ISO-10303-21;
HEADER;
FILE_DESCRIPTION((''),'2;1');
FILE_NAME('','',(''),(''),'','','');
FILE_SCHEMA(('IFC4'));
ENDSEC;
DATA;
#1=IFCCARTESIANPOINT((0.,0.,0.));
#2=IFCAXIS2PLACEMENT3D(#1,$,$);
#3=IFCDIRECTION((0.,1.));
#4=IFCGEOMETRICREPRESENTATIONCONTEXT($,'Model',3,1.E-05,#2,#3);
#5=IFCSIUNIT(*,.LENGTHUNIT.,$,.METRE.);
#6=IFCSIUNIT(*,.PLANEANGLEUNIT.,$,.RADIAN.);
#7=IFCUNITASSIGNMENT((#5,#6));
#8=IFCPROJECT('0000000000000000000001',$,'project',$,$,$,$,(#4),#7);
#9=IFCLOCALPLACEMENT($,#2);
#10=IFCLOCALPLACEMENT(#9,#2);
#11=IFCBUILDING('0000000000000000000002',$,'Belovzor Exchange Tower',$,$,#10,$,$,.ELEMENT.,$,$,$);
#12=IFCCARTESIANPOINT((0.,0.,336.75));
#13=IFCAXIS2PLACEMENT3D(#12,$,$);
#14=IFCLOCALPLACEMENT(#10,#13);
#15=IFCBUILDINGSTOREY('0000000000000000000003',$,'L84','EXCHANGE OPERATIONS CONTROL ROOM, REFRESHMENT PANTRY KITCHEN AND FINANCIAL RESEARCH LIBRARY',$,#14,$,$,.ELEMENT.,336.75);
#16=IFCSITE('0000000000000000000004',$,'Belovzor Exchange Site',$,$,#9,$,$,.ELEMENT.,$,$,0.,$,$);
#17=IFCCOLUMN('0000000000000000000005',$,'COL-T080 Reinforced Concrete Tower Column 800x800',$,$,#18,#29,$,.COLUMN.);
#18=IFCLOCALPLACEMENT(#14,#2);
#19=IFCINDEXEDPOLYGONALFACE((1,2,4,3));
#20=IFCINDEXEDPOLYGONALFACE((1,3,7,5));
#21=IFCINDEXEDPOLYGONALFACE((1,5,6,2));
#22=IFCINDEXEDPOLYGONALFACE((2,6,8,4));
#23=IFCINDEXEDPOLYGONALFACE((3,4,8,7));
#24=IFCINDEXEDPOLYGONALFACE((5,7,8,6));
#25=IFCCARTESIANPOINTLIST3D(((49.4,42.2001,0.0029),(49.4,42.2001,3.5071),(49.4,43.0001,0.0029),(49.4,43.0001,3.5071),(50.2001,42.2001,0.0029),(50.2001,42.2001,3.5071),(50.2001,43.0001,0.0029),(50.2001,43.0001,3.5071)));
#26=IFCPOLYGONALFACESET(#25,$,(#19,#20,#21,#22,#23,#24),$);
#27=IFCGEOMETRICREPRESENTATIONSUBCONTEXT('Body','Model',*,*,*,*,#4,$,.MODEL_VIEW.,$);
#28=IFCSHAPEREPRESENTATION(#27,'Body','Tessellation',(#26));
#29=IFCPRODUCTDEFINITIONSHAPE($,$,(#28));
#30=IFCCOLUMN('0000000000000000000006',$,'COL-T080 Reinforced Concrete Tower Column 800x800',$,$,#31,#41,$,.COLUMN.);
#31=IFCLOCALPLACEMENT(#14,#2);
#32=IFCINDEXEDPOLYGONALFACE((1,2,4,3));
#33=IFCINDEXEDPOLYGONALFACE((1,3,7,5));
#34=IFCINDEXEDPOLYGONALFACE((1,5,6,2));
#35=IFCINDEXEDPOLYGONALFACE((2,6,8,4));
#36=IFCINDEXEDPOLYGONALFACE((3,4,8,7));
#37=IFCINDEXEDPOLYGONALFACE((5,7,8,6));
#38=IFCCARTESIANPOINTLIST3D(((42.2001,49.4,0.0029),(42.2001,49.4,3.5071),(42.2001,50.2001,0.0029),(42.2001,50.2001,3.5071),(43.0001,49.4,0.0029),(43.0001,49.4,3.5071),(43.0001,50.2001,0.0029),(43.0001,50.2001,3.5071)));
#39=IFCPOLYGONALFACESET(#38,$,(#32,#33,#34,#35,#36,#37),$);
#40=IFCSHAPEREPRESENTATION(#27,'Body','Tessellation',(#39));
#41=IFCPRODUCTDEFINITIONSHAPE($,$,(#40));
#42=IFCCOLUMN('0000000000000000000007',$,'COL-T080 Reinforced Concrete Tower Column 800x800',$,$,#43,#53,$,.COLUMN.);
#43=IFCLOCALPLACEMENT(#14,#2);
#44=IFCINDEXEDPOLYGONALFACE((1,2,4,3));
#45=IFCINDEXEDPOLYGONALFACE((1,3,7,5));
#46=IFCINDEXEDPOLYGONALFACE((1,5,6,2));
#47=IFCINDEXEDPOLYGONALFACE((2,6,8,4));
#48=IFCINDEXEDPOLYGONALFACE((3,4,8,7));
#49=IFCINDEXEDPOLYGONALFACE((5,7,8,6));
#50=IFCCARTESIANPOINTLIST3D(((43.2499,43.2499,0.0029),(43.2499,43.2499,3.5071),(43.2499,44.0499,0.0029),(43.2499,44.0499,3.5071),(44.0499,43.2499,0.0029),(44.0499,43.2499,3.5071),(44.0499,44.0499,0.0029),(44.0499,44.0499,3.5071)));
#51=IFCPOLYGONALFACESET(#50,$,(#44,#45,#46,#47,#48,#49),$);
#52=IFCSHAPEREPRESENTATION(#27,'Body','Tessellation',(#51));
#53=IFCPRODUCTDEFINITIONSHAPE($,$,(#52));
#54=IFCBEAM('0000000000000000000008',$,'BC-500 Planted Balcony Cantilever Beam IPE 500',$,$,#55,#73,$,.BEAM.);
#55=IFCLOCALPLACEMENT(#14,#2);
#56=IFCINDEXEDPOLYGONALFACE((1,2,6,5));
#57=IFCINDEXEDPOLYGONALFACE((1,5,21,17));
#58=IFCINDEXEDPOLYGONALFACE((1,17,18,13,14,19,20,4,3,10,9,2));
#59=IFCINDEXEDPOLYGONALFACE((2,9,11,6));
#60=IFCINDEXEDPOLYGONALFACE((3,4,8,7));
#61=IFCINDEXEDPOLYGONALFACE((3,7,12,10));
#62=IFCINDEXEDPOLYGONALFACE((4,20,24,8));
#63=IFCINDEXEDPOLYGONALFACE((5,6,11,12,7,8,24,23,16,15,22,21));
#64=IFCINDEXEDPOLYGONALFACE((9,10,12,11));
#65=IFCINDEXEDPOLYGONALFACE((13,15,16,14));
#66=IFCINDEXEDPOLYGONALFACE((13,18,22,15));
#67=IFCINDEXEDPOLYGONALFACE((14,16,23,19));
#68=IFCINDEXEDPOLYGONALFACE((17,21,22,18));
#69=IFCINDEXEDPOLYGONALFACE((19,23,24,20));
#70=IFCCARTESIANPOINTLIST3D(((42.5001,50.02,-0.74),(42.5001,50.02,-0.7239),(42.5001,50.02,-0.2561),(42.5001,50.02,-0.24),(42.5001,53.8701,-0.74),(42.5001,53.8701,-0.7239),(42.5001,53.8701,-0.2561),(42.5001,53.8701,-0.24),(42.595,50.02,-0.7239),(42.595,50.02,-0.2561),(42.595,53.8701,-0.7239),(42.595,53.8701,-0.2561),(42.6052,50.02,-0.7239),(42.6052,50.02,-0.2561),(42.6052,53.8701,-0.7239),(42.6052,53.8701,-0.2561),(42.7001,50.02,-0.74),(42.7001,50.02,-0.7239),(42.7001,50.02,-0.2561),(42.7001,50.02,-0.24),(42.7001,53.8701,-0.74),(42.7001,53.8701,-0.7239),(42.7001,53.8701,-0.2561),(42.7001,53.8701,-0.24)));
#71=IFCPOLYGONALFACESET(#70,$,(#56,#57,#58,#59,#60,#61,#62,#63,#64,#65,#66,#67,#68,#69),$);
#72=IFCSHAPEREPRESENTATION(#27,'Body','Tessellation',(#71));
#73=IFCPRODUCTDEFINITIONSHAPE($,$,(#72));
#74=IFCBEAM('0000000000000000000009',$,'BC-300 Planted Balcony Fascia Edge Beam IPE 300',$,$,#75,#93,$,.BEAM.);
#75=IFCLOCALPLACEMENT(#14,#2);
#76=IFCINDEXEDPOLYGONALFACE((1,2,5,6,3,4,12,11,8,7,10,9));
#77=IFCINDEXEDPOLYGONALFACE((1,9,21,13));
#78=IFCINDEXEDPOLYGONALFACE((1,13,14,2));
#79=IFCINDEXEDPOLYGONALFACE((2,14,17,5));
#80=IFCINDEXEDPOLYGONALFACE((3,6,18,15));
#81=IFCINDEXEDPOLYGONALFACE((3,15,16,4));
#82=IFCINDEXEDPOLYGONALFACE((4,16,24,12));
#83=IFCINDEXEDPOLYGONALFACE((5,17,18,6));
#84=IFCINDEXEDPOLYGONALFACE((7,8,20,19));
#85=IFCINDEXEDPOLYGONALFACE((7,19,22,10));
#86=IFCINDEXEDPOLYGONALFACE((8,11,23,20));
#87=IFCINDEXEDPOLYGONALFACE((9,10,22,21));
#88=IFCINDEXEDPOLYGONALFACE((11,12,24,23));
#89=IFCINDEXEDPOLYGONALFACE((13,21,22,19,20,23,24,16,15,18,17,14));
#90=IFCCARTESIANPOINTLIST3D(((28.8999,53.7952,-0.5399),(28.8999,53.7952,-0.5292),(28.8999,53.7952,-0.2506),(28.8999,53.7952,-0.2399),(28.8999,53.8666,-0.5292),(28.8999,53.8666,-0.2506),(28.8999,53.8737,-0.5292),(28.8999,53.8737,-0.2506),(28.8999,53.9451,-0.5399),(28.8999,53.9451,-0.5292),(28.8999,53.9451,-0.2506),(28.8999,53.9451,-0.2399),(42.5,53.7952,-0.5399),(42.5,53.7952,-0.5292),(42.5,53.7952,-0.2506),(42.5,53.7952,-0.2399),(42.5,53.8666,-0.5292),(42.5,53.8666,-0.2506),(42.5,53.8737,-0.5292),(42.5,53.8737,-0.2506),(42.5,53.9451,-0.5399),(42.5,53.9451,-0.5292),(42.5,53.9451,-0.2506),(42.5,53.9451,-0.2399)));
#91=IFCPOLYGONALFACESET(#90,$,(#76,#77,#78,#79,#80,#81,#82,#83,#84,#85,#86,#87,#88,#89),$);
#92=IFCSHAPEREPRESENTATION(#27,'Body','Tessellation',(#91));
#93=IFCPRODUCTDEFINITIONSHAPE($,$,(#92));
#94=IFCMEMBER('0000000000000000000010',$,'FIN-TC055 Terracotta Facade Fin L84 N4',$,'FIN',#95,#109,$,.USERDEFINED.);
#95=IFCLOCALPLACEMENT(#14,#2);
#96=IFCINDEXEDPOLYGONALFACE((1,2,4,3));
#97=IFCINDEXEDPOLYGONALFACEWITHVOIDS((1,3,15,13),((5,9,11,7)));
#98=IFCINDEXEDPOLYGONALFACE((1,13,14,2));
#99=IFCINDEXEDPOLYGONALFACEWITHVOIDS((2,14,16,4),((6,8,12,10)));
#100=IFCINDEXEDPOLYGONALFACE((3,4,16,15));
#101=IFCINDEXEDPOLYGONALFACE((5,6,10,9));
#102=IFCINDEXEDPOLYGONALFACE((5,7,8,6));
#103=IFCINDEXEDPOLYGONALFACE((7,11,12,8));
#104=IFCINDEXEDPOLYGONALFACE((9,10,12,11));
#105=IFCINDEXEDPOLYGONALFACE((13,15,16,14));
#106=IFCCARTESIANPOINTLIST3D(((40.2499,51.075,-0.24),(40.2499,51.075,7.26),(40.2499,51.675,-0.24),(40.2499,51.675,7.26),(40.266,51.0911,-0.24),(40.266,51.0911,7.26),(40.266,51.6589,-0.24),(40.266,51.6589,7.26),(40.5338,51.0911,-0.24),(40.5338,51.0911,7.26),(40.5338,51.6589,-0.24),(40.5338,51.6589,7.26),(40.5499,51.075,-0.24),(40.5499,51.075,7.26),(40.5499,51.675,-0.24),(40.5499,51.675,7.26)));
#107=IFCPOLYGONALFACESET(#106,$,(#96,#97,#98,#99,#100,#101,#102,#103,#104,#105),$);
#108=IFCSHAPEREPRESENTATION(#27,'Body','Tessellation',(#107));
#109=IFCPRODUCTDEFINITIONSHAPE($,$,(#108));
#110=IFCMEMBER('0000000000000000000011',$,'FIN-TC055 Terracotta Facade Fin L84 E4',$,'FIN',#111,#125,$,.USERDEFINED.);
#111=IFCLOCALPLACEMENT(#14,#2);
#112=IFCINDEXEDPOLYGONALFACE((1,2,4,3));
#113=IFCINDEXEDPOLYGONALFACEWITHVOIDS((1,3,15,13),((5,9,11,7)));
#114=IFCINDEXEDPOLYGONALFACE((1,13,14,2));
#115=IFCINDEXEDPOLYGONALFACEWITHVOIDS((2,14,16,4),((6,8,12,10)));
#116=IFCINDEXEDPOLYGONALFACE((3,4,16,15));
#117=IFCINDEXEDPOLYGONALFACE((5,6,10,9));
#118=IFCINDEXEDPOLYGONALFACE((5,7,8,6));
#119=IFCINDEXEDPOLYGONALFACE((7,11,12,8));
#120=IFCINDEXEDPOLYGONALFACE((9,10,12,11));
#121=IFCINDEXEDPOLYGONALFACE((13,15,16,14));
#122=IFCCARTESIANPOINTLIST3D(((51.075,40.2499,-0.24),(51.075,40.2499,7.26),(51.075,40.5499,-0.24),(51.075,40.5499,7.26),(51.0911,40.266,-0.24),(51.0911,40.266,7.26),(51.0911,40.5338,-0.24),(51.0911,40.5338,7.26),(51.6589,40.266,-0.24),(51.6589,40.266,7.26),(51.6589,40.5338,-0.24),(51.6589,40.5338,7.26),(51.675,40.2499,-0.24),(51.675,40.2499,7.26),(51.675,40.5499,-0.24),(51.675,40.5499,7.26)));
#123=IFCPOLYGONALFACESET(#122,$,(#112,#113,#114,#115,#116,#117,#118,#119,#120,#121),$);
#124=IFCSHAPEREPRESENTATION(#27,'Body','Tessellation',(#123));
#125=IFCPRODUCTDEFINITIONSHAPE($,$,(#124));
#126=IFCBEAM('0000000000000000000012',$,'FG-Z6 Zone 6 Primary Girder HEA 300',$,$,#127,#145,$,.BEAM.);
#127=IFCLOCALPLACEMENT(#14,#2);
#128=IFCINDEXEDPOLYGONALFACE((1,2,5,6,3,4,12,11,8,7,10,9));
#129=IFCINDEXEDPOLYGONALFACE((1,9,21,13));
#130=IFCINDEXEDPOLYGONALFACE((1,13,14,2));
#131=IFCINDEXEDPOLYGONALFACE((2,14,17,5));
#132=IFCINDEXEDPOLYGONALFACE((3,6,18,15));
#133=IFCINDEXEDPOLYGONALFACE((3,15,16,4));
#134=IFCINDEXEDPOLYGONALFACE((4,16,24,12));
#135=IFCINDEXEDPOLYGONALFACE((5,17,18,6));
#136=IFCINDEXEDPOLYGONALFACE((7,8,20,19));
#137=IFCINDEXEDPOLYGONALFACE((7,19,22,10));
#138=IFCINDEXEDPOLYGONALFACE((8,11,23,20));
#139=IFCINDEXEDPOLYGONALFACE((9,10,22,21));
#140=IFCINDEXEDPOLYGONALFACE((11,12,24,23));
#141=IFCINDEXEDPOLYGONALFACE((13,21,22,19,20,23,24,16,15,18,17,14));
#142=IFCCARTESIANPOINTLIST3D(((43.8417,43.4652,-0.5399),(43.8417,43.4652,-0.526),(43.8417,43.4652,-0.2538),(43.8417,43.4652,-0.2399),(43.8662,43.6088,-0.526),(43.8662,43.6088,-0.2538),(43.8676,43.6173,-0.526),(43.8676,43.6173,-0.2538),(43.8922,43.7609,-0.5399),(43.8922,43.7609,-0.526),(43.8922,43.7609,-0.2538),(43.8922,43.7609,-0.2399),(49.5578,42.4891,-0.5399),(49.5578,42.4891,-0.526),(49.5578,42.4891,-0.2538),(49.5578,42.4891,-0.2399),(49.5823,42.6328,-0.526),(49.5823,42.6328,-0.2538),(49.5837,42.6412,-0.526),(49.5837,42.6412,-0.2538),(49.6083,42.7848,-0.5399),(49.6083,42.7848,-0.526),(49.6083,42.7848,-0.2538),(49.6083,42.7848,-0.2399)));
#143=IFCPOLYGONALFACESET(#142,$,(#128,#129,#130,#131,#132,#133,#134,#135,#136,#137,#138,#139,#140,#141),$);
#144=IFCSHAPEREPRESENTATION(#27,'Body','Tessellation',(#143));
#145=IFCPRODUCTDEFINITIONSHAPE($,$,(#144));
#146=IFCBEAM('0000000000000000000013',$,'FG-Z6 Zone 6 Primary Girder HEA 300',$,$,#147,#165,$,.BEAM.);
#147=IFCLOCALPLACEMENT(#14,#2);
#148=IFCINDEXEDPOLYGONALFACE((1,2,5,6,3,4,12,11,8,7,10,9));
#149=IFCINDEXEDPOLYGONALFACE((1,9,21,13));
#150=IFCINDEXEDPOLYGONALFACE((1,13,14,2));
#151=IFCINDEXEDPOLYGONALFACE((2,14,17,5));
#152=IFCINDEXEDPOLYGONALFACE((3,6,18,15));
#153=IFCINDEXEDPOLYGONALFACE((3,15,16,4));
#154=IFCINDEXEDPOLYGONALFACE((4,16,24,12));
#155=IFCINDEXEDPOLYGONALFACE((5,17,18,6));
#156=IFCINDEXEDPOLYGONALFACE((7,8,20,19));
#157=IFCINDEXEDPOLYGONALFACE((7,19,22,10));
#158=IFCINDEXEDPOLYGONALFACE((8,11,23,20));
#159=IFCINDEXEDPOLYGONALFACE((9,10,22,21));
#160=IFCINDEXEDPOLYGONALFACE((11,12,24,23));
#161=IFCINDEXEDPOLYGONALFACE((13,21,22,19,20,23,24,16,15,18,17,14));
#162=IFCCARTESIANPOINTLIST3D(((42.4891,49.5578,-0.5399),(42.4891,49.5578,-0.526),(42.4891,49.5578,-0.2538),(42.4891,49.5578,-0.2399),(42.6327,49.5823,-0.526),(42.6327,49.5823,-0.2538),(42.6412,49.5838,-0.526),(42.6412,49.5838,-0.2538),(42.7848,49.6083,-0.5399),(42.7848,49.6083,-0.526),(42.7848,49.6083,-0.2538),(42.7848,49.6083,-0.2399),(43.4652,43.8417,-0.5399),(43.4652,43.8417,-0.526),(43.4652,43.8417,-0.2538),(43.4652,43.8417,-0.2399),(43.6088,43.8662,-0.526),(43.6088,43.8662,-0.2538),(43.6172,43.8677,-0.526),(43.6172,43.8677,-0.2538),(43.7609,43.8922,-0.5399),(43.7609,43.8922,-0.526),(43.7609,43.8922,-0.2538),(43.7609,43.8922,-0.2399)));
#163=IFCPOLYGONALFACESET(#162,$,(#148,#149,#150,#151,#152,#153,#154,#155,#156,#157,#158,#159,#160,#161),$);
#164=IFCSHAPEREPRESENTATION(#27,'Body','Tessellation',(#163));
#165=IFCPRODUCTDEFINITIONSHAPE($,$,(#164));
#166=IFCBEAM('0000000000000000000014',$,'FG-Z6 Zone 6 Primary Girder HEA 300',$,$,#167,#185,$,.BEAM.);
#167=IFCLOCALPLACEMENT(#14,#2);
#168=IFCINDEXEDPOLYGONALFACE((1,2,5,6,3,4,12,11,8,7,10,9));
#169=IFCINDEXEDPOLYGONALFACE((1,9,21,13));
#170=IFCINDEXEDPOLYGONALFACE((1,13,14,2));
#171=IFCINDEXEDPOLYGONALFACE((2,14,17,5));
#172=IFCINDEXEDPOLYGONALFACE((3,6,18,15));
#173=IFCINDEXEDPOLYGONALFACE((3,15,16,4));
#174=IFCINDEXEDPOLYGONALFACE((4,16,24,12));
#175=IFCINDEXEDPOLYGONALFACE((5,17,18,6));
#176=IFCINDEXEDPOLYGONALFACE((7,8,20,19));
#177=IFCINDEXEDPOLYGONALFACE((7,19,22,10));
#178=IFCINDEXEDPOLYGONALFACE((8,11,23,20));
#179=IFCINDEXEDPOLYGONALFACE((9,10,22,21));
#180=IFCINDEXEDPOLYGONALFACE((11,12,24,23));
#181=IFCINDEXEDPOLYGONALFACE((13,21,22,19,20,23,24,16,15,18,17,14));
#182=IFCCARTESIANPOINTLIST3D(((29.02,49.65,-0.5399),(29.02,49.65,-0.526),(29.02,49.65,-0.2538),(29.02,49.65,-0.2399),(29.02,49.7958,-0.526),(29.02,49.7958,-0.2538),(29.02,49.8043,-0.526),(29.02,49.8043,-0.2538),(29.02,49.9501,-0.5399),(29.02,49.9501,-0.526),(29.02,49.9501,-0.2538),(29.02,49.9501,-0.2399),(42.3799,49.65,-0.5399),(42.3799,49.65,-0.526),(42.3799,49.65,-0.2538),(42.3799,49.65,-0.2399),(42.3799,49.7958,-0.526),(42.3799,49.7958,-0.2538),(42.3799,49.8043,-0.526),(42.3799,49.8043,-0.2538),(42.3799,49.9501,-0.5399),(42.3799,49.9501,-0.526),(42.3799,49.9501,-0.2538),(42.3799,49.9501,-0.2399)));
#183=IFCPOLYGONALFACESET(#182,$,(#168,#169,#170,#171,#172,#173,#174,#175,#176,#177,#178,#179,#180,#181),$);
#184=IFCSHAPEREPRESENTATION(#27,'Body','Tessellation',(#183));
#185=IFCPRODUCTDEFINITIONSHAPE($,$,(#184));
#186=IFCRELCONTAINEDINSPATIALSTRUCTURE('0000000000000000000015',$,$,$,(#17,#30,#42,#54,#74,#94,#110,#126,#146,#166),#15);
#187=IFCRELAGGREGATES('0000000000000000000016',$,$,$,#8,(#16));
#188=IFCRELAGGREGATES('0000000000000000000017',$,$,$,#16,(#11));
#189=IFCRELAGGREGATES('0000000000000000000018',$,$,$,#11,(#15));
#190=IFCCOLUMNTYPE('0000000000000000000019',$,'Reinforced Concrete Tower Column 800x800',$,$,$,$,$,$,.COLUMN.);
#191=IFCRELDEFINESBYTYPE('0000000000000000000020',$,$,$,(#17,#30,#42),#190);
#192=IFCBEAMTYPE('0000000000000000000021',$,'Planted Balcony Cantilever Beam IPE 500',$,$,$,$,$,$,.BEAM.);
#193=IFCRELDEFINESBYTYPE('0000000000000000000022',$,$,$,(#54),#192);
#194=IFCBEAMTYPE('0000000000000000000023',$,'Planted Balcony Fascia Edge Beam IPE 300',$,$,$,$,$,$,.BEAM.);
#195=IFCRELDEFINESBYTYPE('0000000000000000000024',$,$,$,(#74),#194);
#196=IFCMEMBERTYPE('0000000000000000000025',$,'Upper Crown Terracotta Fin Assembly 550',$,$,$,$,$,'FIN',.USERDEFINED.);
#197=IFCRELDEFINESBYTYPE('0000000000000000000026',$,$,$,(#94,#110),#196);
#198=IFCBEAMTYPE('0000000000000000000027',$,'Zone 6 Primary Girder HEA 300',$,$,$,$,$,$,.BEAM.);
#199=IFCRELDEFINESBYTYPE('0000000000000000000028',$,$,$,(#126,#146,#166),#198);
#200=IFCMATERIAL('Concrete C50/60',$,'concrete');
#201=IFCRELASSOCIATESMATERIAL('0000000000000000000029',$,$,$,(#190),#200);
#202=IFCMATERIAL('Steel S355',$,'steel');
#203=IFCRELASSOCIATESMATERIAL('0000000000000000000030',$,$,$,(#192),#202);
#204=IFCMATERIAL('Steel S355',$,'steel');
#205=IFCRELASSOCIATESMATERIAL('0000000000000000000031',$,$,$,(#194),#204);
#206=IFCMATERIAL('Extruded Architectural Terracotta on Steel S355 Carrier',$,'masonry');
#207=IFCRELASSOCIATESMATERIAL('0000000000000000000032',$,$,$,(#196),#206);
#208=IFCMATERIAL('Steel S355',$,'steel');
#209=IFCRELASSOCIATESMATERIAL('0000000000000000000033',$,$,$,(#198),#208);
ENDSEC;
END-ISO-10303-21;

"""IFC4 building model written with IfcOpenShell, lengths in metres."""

from ifc_helpers import new_model, si_unit, direction, frame, origin, origin_2d, place, context, subcontext, project, spatial, rectangle, hollow_rectangle, i_section, extrude, material, material_profile, profile_set, type_object, element, save


model = new_model("IFC4")

# Units and contexts
model_context = context("Model", 3, precision=1e-05, world=origin(), true_north=direction((0.0, 1.0)))
body_context = subcontext(model_context, "Body", "Model", "MODEL_VIEW")
ifc_project = project(units=[si_unit("LENGTHUNIT", "METRE"), si_unit("PLANEANGLEUNIT", "RADIAN")], contexts=[model_context])

# Site, building, storey
site_placement = place(None, origin())
site = spatial("IfcSite", under=ifc_project, at=site_placement, Name="Belovzor Exchange Site", CompositionType="ELEMENT", RefElevation=0.0)
building_placement = place(site_placement, origin())
building = spatial("IfcBuilding", under=site, at=building_placement, Name="Belovzor Exchange Tower", CompositionType="ELEMENT")
storey_placement = place(building_placement, frame((0.0, 0.0, 336.75)))
storey = spatial("IfcBuildingStorey", under=building, at=storey_placement, Name="L84", Description="EXCHANGE OPERATIONS CONTROL ROOM, REFRESHMENT PANTRY KITCHEN AND FINANCIAL RESEARCH LIBRARY", CompositionType="ELEMENT", Elevation=336.75)

# Columns
ifc_material_1 = material(Name="Concrete C50/60", Category="concrete")
ifc_material_profile_1 = material_profile(ifc_material_1, rectangle(XDim=0.8, YDim=0.8, at=origin_2d()))
ifc_profile_set_1 = profile_set([ifc_material_profile_1], Name="Concrete C50/60")
column_type = type_object("IfcColumnType", Name="Reinforced Concrete Tower Column 800x800", PredefinedType="COLUMN", material=ifc_profile_set_1)
for number, where, z_axis, x_axis, name in (
    (1, (49.8, 42.6001, 0.0029), (0.0, 0.0, 1.0), (1.0, 0.0, 0.0), "COL-T080 Reinforced Concrete Tower Column 800x800"),
    (2, (42.6001, 49.8, 0.0029), (0.0, 0.0, 1.0), (1.0, 0.0, 0.0), "COL-T080 Reinforced Concrete Tower Column 800x800"),
    (3, (43.6499, 43.6499, 0.0029), (0.0, 0.0, 1.0), (1.0, 0.0, 0.0), "COL-T080 Reinforced Concrete Tower Column 800x800"),
):
    element("IfcColumn", number, at=place(storey_placement, frame(where, z_axis=z_axis, x_axis=x_axis)), inside=storey, type_object=column_type, Name=name, PredefinedType="COLUMN", context=body_context, shape_type="SweptSolid", body=[
        extrude(rectangle(XDim=0.8, YDim=0.8, at=origin_2d()), origin(), (0.0, 0.0, 1.0), 3.5042),
    ])

# Beams
ifc_material_2 = material(Name="Steel S355", Category="steel")
ifc_material_profile_2 = material_profile(ifc_material_2, i_section(OverallWidth=0.2, OverallDepth=0.5, WebThickness=0.0103, FlangeThickness=0.0161, at=origin_2d()))
ifc_profile_set_2 = profile_set([ifc_material_profile_2], Name="Steel S355")
beam_type_1 = type_object("IfcBeamType", Name="Planted Balcony Cantilever Beam IPE 500", PredefinedType="BEAM", material=ifc_profile_set_2)
beam_1_placement = place(storey_placement, frame((42.6001, 50.02, -0.49), z_axis=(0.0, 1.0, 0.0), x_axis=(-1.0, 0.0, 0.0)))
element("IfcBeam", 4, at=beam_1_placement, inside=storey, type_object=beam_type_1, Name="BC-500 Planted Balcony Cantilever Beam IPE 500", PredefinedType="BEAM", context=body_context, shape_type="SweptSolid", body=[
    extrude(i_section(OverallWidth=0.2, OverallDepth=0.5, WebThickness=0.0103, FlangeThickness=0.0161, at=origin_2d()), origin(), (0.0, 0.0, 1.0), 3.8501),
])
ifc_material_3 = material(Name="Steel S355", Category="steel")
ifc_material_profile_3 = material_profile(ifc_material_3, i_section(OverallWidth=0.1499, OverallDepth=0.3, WebThickness=0.0071, FlangeThickness=0.0107, at=origin_2d()))
ifc_profile_set_3 = profile_set([ifc_material_profile_3], Name="Steel S355")
beam_type_2 = type_object("IfcBeamType", Name="Planted Balcony Fascia Edge Beam IPE 300", PredefinedType="BEAM", material=ifc_profile_set_3)
beam_2_placement = place(storey_placement, frame((42.5, 53.8701, -0.3899), z_axis=(-1.0, 0.0, 0.0), x_axis=(0.0, -1.0, 0.0)))
element("IfcBeam", 5, at=beam_2_placement, inside=storey, type_object=beam_type_2, Name="BC-300 Planted Balcony Fascia Edge Beam IPE 300", PredefinedType="BEAM", context=body_context, shape_type="SweptSolid", body=[
    extrude(i_section(OverallWidth=0.1499, OverallDepth=0.3, WebThickness=0.0071, FlangeThickness=0.0107, at=origin_2d()), origin(), (0.0, 0.0, 1.0), 13.6001),
])

# Members
ifc_material_4 = material(Name="Extruded Architectural Terracotta on Steel S355 Carrier", Category="masonry")
ifc_material_profile_4 = material_profile(ifc_material_4, hollow_rectangle(XDim=0.3, YDim=0.6001, WallThickness=0.0161, at=origin_2d()))
ifc_profile_set_4 = profile_set([ifc_material_profile_4], Name="Extruded Architectural Terracotta on Steel S355 Carrier")
member_type = type_object("IfcMemberType", Name="Upper Crown Terracotta Fin Assembly 550", ElementType="FIN", PredefinedType="USERDEFINED", material=ifc_profile_set_4)
for number, where, z_axis, x_axis, name in (
    (6, (40.3999, 51.375, -0.24), (0.0, 0.0, 1.0), (1.0, 0.0, 0.0), "FIN-TC055 Terracotta Facade Fin L84 N4"),
    (7, (51.375, 40.3999, -0.24), (0.0, 0.0, 1.0), (0.0, 1.0, 0.0), "FIN-TC055 Terracotta Facade Fin L84 E4"),
):
    element("IfcMember", number, at=place(storey_placement, frame(where, z_axis=z_axis, x_axis=x_axis)), inside=storey, type_object=member_type, Name=name, ObjectType="FIN", PredefinedType="USERDEFINED", context=body_context, shape_type="SweptSolid", body=[
        extrude(hollow_rectangle(XDim=0.3, YDim=0.6001, WallThickness=0.0161, at=origin_2d()), origin(), (0.0, 0.0, 1.0), 7.5),
    ])

# Beams
ifc_material_5 = material(Name="Steel S355", Category="steel")
ifc_material_profile_5 = material_profile(ifc_material_5, i_section(OverallWidth=0.3, OverallDepth=0.3, WebThickness=0.0085, FlangeThickness=0.0139, at=origin_2d()))
ifc_profile_set_5 = profile_set([ifc_material_profile_5], Name="Steel S355")
beam_type_3 = type_object("IfcBeamType", Name="Zone 6 Primary Girder HEA 300", PredefinedType="BEAM", material=ifc_profile_set_5)
for number, where, z_axis, x_axis, name in (
    (8, (49.583, 42.637, -0.3899), (-0.985732, 0.168323, 0.0), (-0.168323, -0.985732, 0.0), "FG-Z6 Zone 6 Primary Girder HEA 300"),
    (9, (43.613, 43.8669, -0.3899), (-0.168323, 0.985732, 0.0), (-0.985732, -0.168323, 0.0), "FG-Z6 Zone 6 Primary Girder HEA 300"),
):
    element("IfcBeam", number, at=place(storey_placement, frame(where, z_axis=z_axis, x_axis=x_axis)), inside=storey, type_object=beam_type_3, Name=name, PredefinedType="BEAM", context=body_context, shape_type="SweptSolid", body=[
        extrude(i_section(OverallWidth=0.3, OverallDepth=0.3, WebThickness=0.0085, FlangeThickness=0.0139, at=origin_2d()), origin(), (0.0, 0.0, 1.0), 5.7988),
    ])
beam_3_placement = place(storey_placement, frame((42.3799, 49.8, -0.3899), z_axis=(-1.0, 0.0, 0.0), x_axis=(0.0, -1.0, 0.0)))
element("IfcBeam", 10, at=beam_3_placement, inside=storey, type_object=beam_type_3, Name="FG-Z6 Zone 6 Primary Girder HEA 300", PredefinedType="BEAM", context=body_context, shape_type="SweptSolid", body=[
    extrude(i_section(OverallWidth=0.3, OverallDepth=0.3, WebThickness=0.0085, FlangeThickness=0.0139, at=origin_2d()), origin(), (0.0, 0.0, 1.0), 13.3599),
])

save(model, "model.ifc")
